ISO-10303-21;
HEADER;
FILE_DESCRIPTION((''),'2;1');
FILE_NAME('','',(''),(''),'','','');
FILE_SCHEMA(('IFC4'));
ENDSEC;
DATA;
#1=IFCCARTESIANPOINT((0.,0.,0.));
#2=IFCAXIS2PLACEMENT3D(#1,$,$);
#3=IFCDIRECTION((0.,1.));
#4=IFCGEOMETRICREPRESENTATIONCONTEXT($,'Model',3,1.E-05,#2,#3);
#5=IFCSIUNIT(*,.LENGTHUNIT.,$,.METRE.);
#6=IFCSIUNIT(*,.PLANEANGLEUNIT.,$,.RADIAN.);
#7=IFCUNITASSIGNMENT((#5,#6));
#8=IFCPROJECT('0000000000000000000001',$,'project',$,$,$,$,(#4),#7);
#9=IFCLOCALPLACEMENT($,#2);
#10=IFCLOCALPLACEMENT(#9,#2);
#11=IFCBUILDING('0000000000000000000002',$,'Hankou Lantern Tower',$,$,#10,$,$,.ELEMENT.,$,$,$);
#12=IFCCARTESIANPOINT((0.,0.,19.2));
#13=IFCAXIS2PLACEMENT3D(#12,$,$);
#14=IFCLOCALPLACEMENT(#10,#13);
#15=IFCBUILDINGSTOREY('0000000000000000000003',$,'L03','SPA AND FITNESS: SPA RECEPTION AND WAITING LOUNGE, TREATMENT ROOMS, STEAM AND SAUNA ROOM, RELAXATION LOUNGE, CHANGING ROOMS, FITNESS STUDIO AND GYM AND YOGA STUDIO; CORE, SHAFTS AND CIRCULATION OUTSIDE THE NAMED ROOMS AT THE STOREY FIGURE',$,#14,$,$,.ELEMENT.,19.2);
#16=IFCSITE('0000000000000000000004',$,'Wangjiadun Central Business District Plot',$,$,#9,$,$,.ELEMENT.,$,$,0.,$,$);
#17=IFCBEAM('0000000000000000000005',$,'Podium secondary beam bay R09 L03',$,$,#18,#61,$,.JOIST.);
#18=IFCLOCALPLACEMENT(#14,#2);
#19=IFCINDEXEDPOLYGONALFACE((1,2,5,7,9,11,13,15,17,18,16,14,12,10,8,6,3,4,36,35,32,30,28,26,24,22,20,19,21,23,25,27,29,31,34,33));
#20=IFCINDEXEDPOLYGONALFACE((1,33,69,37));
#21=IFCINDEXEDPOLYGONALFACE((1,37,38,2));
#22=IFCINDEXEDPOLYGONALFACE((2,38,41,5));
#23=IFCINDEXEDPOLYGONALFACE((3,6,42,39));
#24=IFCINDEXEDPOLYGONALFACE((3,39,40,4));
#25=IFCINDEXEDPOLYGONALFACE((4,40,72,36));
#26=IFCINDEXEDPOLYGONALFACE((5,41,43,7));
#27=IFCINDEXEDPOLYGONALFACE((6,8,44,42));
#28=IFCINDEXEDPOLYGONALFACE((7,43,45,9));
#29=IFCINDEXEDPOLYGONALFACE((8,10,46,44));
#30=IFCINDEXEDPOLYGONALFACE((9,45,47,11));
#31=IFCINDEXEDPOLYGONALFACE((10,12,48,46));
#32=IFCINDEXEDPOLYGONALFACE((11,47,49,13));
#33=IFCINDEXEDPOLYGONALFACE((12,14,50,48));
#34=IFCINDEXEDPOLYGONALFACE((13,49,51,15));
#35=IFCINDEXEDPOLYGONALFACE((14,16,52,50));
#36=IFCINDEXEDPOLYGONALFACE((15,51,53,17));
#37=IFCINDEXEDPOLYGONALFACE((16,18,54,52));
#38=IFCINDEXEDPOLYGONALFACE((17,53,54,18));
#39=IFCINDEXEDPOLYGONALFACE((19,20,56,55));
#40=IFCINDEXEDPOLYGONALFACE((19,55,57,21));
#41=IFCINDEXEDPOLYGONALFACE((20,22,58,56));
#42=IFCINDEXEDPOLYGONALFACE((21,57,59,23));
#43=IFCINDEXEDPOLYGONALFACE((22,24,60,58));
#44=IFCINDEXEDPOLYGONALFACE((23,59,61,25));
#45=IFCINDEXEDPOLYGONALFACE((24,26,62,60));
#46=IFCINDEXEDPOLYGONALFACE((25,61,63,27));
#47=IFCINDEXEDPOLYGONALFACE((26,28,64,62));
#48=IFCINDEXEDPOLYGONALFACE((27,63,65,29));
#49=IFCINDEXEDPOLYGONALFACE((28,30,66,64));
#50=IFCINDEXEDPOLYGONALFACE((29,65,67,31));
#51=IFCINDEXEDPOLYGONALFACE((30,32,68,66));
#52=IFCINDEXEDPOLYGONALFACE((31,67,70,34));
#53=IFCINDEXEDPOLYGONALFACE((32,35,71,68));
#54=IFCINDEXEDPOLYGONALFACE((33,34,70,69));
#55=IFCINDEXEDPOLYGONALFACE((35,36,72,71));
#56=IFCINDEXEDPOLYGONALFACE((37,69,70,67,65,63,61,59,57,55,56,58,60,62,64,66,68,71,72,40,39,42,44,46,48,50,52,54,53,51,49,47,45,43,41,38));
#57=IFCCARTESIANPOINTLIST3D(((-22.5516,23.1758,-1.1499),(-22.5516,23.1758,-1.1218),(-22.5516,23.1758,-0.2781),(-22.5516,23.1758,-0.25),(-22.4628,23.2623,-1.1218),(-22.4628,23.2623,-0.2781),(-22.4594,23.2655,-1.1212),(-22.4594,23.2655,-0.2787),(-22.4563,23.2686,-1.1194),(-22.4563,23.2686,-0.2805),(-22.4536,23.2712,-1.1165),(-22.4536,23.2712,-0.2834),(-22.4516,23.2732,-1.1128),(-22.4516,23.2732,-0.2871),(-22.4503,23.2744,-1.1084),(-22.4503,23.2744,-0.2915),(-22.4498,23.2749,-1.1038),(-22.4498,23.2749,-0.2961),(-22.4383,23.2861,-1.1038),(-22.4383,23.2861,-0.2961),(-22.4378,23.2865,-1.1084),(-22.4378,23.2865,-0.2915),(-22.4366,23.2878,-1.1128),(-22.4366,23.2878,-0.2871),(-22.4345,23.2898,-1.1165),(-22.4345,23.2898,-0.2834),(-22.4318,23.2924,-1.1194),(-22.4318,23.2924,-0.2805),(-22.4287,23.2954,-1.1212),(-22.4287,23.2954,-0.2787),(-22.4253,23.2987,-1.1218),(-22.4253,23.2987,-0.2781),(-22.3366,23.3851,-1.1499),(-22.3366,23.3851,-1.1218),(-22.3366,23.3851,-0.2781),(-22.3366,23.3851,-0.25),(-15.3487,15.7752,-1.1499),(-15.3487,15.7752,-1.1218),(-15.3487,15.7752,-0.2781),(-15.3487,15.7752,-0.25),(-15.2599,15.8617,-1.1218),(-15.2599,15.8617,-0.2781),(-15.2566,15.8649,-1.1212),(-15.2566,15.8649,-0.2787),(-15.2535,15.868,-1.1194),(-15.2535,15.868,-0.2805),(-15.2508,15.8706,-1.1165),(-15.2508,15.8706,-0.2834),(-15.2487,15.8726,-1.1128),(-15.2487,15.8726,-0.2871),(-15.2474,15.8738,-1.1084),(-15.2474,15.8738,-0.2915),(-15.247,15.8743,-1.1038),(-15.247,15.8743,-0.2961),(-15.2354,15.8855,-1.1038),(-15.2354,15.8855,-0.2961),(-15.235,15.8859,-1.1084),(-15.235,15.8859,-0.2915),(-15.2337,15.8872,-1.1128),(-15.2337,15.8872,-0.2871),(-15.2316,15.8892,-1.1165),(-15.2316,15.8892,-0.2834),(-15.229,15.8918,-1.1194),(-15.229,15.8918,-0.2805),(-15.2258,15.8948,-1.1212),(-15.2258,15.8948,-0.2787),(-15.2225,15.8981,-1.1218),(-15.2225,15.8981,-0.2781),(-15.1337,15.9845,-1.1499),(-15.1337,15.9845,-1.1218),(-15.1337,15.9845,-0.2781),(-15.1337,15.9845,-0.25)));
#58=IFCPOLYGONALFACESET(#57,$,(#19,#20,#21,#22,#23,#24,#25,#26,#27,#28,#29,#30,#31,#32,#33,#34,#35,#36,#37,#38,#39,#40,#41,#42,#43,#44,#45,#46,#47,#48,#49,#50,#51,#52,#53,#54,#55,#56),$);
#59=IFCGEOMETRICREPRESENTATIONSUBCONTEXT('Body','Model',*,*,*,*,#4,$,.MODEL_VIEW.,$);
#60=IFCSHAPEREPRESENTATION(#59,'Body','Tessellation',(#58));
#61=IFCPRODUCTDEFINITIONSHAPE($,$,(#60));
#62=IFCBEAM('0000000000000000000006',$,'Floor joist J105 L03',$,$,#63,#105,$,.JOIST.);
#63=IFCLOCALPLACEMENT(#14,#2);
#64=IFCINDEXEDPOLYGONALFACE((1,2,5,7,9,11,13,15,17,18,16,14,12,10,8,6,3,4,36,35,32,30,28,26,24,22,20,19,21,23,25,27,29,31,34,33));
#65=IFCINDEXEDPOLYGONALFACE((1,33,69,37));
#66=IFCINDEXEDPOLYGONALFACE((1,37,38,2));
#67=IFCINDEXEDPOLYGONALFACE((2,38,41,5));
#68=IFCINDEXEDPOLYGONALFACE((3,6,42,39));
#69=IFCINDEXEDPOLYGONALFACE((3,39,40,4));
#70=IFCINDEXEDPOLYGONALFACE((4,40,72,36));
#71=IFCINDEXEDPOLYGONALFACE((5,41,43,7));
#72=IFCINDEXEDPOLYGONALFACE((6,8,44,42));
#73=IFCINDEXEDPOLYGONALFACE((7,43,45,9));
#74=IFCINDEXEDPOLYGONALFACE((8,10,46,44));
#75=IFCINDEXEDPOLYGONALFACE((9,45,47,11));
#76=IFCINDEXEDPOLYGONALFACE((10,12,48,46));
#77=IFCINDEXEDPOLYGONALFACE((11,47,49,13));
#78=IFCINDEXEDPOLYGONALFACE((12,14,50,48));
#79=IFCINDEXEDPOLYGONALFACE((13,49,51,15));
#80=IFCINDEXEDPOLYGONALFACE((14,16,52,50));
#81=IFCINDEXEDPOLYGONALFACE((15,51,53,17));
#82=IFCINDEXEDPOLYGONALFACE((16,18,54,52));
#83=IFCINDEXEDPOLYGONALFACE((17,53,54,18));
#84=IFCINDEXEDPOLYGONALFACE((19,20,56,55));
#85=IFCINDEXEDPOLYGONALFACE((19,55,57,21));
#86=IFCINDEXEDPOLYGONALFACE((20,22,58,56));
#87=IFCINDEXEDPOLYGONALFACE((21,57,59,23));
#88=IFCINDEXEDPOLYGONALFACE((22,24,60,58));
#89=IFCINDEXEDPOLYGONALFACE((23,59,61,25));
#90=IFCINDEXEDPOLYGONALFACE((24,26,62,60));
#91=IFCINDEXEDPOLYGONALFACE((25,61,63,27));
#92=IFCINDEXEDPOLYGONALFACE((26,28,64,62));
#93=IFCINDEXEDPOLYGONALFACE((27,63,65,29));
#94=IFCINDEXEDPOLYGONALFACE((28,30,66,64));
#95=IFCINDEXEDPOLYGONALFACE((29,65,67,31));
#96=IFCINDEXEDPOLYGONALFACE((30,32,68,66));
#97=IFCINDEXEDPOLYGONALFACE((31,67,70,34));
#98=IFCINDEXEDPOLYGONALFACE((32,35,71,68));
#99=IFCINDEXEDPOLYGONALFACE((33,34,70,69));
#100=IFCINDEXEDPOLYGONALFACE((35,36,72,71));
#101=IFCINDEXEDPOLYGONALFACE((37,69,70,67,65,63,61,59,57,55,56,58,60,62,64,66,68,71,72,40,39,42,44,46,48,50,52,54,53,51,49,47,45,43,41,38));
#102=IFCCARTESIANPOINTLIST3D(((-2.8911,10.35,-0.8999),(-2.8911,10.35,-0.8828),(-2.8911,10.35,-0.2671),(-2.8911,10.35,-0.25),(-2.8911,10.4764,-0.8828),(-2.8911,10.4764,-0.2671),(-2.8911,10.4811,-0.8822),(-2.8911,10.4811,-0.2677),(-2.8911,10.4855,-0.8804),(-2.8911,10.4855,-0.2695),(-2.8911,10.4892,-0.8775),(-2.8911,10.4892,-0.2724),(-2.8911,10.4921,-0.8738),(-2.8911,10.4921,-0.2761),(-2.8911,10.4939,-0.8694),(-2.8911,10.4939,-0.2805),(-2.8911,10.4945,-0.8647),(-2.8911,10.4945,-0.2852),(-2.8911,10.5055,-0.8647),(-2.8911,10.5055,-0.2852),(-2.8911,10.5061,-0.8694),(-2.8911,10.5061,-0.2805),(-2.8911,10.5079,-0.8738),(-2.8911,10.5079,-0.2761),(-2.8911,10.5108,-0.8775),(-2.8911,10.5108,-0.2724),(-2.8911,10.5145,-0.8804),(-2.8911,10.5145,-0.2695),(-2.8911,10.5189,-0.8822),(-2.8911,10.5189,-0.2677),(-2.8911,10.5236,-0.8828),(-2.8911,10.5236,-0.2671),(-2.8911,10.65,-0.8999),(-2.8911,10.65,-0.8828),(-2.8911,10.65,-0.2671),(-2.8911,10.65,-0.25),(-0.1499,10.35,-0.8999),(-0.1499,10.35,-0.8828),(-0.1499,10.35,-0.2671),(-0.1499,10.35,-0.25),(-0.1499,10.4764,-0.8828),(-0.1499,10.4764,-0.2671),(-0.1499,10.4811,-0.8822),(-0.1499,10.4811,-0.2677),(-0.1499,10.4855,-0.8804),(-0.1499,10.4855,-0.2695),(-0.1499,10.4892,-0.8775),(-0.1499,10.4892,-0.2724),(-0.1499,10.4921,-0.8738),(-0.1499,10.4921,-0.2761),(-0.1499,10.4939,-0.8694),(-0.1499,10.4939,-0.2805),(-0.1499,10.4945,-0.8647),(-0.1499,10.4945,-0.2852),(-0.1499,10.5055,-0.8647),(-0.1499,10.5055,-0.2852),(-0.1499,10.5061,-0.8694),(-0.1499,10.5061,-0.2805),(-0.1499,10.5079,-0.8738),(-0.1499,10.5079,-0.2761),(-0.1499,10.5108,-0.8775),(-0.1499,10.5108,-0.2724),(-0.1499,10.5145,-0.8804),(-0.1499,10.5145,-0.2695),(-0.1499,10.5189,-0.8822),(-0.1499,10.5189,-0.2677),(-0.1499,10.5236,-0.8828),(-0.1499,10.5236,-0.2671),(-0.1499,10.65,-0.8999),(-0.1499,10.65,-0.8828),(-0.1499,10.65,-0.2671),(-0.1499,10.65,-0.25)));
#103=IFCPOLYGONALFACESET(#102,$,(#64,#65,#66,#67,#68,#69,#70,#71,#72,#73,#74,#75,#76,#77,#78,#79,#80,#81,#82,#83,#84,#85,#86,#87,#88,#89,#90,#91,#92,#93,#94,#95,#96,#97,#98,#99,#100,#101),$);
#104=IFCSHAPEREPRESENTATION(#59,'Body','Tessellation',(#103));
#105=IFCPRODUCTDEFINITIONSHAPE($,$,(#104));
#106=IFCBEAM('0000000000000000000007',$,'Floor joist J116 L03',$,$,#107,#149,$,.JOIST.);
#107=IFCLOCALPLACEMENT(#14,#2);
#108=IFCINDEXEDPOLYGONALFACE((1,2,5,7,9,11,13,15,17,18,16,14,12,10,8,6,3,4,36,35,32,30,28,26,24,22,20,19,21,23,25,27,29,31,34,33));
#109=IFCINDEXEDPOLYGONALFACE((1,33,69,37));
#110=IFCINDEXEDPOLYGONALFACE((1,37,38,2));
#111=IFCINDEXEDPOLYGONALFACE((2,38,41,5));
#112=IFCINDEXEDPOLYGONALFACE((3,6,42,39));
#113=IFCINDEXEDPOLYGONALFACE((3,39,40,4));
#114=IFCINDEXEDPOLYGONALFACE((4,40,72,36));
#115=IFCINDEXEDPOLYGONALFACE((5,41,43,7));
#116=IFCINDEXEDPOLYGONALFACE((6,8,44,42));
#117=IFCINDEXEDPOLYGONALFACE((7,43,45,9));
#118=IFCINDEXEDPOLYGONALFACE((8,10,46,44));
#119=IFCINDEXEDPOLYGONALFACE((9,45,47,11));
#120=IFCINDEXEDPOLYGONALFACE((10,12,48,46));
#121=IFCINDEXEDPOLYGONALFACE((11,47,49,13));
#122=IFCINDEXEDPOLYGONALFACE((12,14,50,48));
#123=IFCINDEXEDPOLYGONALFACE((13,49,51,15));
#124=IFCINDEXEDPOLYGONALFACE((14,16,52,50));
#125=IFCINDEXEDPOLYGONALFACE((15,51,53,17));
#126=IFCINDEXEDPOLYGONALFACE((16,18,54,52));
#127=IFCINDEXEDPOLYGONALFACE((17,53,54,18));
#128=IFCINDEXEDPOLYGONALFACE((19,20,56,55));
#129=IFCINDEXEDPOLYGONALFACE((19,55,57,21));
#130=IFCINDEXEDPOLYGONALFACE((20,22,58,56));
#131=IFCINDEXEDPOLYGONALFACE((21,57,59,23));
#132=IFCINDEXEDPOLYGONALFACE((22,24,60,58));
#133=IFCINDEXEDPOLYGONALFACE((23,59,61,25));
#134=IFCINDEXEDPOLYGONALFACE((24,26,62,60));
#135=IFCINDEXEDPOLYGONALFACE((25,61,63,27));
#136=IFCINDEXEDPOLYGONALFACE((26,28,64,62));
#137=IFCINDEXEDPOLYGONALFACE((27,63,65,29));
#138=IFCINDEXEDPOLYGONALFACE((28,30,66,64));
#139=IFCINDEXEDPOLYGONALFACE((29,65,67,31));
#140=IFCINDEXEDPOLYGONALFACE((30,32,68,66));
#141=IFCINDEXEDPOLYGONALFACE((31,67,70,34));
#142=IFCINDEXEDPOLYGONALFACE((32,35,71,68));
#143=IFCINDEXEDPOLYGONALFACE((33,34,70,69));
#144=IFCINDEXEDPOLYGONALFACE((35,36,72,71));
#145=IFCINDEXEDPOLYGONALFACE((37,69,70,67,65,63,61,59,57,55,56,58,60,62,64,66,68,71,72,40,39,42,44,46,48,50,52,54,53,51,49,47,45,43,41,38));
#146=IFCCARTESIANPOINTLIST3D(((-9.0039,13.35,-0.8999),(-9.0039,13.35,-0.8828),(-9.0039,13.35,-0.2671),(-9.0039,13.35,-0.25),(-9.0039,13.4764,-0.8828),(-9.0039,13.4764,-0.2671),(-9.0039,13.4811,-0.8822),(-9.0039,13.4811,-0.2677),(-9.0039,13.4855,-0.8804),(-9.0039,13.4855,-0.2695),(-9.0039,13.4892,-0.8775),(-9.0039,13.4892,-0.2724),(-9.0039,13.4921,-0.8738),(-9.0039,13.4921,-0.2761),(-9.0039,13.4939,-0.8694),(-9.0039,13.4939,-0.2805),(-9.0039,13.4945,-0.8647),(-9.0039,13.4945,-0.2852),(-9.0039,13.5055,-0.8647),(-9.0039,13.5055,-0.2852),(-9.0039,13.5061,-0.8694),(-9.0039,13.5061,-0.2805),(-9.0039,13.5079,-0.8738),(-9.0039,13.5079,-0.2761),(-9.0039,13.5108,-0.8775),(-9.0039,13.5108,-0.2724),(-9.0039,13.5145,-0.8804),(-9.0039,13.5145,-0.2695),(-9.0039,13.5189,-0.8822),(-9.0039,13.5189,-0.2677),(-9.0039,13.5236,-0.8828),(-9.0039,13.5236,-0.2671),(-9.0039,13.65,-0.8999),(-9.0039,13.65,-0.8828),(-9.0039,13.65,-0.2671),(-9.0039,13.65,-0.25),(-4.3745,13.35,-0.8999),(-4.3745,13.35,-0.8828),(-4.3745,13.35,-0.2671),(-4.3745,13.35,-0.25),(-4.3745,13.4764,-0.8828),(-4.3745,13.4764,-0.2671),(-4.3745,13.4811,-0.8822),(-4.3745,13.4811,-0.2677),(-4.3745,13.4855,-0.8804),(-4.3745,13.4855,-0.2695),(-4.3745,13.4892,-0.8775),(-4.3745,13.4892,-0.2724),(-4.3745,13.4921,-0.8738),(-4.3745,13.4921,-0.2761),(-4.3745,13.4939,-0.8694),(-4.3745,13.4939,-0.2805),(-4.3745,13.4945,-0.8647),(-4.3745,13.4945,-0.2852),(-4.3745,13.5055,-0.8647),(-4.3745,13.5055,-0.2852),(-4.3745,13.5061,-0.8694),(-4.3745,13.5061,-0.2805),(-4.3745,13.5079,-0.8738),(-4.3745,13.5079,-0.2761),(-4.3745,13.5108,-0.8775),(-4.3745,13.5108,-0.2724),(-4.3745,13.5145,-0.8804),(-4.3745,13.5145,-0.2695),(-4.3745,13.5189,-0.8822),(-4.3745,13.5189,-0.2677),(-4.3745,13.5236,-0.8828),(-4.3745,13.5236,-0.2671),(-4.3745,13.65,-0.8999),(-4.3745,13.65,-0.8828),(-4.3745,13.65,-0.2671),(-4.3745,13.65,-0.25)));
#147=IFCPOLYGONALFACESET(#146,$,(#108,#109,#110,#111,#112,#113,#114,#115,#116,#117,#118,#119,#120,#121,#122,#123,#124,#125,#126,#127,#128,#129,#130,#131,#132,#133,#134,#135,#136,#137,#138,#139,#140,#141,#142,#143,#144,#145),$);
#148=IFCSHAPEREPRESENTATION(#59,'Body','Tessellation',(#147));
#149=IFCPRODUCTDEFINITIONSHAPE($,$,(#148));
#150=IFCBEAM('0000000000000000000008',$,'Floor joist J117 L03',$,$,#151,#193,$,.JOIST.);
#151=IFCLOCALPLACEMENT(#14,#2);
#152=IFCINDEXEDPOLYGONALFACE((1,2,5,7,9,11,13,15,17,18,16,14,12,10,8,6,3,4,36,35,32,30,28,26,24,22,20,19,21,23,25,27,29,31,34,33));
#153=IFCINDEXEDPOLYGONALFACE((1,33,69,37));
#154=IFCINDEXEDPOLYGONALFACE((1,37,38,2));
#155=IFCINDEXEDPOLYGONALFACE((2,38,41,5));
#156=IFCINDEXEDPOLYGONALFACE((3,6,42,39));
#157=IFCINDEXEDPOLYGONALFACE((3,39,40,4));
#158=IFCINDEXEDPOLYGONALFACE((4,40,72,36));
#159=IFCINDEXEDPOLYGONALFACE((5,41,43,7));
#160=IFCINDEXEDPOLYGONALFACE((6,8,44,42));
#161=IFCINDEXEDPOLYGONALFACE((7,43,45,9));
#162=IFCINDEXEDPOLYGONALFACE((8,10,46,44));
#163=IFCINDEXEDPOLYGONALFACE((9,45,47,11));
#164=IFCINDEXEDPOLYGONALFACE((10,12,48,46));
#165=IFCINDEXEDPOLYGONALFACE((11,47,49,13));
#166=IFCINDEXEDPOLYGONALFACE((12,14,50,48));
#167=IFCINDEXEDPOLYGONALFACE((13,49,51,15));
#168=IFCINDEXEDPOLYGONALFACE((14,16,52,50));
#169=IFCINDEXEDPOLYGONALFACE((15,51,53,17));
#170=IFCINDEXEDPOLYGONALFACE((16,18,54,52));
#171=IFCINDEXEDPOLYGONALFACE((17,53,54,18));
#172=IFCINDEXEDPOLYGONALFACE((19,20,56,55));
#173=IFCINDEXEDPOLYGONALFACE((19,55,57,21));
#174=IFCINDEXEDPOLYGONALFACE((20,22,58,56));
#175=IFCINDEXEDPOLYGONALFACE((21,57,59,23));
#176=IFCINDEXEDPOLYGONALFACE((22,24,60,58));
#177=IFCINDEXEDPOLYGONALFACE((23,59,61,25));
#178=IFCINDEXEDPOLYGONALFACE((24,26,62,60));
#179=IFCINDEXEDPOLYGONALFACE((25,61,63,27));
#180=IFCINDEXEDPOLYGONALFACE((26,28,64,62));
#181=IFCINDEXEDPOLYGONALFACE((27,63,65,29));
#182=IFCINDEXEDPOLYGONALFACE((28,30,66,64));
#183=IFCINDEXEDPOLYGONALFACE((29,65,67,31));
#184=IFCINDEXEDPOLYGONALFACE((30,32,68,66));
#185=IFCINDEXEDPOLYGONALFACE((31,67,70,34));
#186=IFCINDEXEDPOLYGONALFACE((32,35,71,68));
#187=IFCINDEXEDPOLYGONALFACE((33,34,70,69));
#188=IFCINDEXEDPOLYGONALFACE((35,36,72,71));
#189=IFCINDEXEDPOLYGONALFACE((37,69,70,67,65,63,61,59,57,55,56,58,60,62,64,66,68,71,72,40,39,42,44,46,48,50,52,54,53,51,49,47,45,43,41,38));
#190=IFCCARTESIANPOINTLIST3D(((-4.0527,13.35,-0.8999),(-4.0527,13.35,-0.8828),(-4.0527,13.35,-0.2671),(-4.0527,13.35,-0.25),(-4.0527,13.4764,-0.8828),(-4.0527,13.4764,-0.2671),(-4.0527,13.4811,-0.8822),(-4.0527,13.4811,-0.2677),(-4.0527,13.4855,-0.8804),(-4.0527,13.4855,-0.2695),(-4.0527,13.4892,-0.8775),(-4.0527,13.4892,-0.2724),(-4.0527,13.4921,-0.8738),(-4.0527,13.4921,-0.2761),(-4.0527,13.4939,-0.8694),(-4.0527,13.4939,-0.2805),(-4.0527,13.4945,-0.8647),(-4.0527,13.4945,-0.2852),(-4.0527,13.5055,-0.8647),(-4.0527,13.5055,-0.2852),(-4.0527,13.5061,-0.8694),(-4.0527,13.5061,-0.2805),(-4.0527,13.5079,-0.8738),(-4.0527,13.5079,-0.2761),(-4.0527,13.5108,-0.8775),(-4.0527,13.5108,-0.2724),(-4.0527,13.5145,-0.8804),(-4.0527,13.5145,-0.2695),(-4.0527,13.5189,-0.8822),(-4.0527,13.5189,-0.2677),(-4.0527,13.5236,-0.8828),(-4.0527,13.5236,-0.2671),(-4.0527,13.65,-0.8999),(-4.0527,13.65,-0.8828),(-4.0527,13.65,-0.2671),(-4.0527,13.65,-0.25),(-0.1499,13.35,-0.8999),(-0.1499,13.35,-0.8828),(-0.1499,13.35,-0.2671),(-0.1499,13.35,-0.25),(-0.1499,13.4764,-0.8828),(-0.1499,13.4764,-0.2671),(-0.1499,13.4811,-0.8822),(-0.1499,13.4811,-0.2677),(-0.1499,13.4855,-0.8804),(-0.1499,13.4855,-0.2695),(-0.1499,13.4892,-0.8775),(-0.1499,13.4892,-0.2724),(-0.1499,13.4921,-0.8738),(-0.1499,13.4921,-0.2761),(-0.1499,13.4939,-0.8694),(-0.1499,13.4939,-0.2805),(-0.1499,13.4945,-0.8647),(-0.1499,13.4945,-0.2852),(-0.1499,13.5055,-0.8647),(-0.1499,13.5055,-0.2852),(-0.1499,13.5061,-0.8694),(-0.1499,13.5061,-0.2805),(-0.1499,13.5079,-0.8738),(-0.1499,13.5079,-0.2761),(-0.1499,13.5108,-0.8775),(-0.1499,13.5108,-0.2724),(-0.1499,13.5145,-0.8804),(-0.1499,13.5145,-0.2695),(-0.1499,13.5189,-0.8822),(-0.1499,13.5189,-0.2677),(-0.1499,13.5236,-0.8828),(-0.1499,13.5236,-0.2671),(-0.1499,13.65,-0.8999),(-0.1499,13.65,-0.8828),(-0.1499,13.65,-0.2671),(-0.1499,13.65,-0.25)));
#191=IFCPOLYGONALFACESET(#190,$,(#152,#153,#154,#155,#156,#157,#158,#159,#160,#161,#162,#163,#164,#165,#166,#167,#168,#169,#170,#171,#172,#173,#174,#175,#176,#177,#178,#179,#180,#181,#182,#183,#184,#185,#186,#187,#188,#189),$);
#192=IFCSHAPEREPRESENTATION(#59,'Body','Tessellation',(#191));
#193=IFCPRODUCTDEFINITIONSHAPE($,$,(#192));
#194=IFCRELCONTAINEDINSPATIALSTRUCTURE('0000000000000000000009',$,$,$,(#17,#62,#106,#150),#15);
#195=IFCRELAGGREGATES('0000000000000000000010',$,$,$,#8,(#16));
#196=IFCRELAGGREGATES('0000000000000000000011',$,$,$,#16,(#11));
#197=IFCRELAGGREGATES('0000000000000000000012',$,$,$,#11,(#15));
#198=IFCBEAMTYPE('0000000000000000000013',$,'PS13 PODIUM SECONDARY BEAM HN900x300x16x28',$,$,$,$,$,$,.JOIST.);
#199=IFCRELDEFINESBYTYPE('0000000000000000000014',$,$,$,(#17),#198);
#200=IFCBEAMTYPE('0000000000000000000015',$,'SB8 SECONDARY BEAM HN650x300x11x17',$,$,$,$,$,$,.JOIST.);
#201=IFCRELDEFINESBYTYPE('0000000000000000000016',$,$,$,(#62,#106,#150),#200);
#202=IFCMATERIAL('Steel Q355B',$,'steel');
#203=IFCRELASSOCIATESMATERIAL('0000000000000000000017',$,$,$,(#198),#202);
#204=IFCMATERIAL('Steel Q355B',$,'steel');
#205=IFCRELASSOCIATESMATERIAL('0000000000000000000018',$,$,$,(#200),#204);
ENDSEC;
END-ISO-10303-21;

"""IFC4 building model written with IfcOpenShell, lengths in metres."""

from ifc_helpers import new_model, si_unit, direction, frame, origin, origin_2d, place, context, subcontext, project, spatial, i_section, extrude, material, material_profile, profile_set, type_object, element, save


model = new_model("IFC4")

# Units and contexts
model_context = context("Model", 3, precision=1e-05, world=origin(), true_north=direction((0.0, 1.0)))
body_context = subcontext(model_context, "Body", "Model", "MODEL_VIEW")
ifc_project = project(units=[si_unit("LENGTHUNIT", "METRE"), si_unit("PLANEANGLEUNIT", "RADIAN")], contexts=[model_context])

# Site, building, storey
site_placement = place(None, origin())
site = spatial("IfcSite", under=ifc_project, at=site_placement, Name="Wangjiadun Central Business District Plot", CompositionType="ELEMENT", RefElevation=0.0)
building_placement = place(site_placement, origin())
building = spatial("IfcBuilding", under=site, at=building_placement, Name="Hankou Lantern Tower", CompositionType="ELEMENT")
storey_placement = place(building_placement, frame((0.0, 0.0, 19.2)))
storey = spatial("IfcBuildingStorey", under=building, at=storey_placement, Name="L03", Description="SPA AND FITNESS: SPA RECEPTION AND WAITING LOUNGE, TREATMENT ROOMS, STEAM AND SAUNA ROOM, RELAXATION LOUNGE, CHANGING ROOMS, FITNESS STUDIO AND GYM AND YOGA STUDIO; CORE, SHAFTS AND CIRCULATION OUTSIDE THE NAMED ROOMS AT THE STOREY FIGURE", CompositionType="ELEMENT", Elevation=19.2)

# Beams
ifc_material_1 = material(Name="Steel Q355B", Category="steel")
ifc_material_profile_1 = material_profile(ifc_material_1, i_section(OverallWidth=0.3, OverallDepth=0.8999, WebThickness=0.0161, FlangeThickness=0.0281, FilletRadius=0.0181, at=origin_2d()), Name="HN900x300x16x28")
ifc_profile_set_1 = profile_set([ifc_material_profile_1], Name="Steel Q355B")
beam_type_1 = type_object("IfcBeamType", Name="PS13 PODIUM SECONDARY BEAM HN900x300x16x28", PredefinedType="JOIST", material=ifc_profile_set_1)
beam_1_placement = place(storey_placement, frame((-15.2412, 15.8799, -0.7), z_axis=(-0.697468, 0.716616, 0.0), x_axis=(-0.716616, -0.697468, 0.0)))
element("IfcBeam", 1, at=beam_1_placement, inside=storey, type_object=beam_type_1, Name="Podium secondary beam bay R09 L03", PredefinedType="JOIST", context=body_context, shape_type="SweptSolid", body=[
    extrude(i_section(OverallWidth=0.3, OverallDepth=0.8999, WebThickness=0.0161, FlangeThickness=0.0281, FilletRadius=0.0181, at=origin_2d()), origin(), (0.0, 0.0, 1.0), 10.3271),
])
ifc_material_2 = material(Name="Steel Q355B", Category="steel")
ifc_material_profile_2 = material_profile(ifc_material_2, i_section(OverallWidth=0.3, OverallDepth=0.6499, WebThickness=0.011, FlangeThickness=0.0171, FilletRadius=0.0181, at=origin_2d()), Name="HN650x300x11x17")
ifc_profile_set_2 = profile_set([ifc_material_profile_2], Name="Steel Q355B")
beam_type_2 = type_object("IfcBeamType", Name="SB8 SECONDARY BEAM HN650x300x11x17", PredefinedType="JOIST", material=ifc_profile_set_2)
beam_2_placement = place(storey_placement, frame((-2.8911, 10.5, -0.575), z_axis=(1.0, 0.0, 0.0), x_axis=(0.0, 1.0, 0.0)))
element("IfcBeam", 2, at=beam_2_placement, inside=storey, type_object=beam_type_2, Name="Floor joist J105 L03", PredefinedType="JOIST", context=body_context, shape_type="SweptSolid", body=[
    extrude(i_section(OverallWidth=0.3, OverallDepth=0.6499, WebThickness=0.011, FlangeThickness=0.0171, FilletRadius=0.0181, at=origin_2d()), origin(), (0.0, 0.0, 1.0), 2.7412),
])
beam_3_placement = place(storey_placement, frame((-9.0039, 13.5, -0.575), z_axis=(1.0, 0.0, 0.0), x_axis=(0.0, 1.0, 0.0)))
element("IfcBeam", 3, at=beam_3_placement, inside=storey, type_object=beam_type_2, Name="Floor joist J116 L03", PredefinedType="JOIST", context=body_context, shape_type="SweptSolid", body=[
    extrude(i_section(OverallWidth=0.3, OverallDepth=0.6499, WebThickness=0.011, FlangeThickness=0.0171, FilletRadius=0.0181, at=origin_2d()), origin(), (0.0, 0.0, 1.0), 4.6294),
])
beam_4_placement = place(storey_placement, frame((-4.0527, 13.5, -0.575), z_axis=(1.0, 0.0, 0.0), x_axis=(0.0, 1.0, 0.0)))
element("IfcBeam", 4, at=beam_4_placement, inside=storey, type_object=beam_type_2, Name="Floor joist J117 L03", PredefinedType="JOIST", context=body_context, shape_type="SweptSolid", body=[
    extrude(i_section(OverallWidth=0.3, OverallDepth=0.6499, WebThickness=0.011, FlangeThickness=0.0171, FilletRadius=0.0181, at=origin_2d()), origin(), (0.0, 0.0, 1.0), 3.9028),
])

save(model, "model.ifc")
